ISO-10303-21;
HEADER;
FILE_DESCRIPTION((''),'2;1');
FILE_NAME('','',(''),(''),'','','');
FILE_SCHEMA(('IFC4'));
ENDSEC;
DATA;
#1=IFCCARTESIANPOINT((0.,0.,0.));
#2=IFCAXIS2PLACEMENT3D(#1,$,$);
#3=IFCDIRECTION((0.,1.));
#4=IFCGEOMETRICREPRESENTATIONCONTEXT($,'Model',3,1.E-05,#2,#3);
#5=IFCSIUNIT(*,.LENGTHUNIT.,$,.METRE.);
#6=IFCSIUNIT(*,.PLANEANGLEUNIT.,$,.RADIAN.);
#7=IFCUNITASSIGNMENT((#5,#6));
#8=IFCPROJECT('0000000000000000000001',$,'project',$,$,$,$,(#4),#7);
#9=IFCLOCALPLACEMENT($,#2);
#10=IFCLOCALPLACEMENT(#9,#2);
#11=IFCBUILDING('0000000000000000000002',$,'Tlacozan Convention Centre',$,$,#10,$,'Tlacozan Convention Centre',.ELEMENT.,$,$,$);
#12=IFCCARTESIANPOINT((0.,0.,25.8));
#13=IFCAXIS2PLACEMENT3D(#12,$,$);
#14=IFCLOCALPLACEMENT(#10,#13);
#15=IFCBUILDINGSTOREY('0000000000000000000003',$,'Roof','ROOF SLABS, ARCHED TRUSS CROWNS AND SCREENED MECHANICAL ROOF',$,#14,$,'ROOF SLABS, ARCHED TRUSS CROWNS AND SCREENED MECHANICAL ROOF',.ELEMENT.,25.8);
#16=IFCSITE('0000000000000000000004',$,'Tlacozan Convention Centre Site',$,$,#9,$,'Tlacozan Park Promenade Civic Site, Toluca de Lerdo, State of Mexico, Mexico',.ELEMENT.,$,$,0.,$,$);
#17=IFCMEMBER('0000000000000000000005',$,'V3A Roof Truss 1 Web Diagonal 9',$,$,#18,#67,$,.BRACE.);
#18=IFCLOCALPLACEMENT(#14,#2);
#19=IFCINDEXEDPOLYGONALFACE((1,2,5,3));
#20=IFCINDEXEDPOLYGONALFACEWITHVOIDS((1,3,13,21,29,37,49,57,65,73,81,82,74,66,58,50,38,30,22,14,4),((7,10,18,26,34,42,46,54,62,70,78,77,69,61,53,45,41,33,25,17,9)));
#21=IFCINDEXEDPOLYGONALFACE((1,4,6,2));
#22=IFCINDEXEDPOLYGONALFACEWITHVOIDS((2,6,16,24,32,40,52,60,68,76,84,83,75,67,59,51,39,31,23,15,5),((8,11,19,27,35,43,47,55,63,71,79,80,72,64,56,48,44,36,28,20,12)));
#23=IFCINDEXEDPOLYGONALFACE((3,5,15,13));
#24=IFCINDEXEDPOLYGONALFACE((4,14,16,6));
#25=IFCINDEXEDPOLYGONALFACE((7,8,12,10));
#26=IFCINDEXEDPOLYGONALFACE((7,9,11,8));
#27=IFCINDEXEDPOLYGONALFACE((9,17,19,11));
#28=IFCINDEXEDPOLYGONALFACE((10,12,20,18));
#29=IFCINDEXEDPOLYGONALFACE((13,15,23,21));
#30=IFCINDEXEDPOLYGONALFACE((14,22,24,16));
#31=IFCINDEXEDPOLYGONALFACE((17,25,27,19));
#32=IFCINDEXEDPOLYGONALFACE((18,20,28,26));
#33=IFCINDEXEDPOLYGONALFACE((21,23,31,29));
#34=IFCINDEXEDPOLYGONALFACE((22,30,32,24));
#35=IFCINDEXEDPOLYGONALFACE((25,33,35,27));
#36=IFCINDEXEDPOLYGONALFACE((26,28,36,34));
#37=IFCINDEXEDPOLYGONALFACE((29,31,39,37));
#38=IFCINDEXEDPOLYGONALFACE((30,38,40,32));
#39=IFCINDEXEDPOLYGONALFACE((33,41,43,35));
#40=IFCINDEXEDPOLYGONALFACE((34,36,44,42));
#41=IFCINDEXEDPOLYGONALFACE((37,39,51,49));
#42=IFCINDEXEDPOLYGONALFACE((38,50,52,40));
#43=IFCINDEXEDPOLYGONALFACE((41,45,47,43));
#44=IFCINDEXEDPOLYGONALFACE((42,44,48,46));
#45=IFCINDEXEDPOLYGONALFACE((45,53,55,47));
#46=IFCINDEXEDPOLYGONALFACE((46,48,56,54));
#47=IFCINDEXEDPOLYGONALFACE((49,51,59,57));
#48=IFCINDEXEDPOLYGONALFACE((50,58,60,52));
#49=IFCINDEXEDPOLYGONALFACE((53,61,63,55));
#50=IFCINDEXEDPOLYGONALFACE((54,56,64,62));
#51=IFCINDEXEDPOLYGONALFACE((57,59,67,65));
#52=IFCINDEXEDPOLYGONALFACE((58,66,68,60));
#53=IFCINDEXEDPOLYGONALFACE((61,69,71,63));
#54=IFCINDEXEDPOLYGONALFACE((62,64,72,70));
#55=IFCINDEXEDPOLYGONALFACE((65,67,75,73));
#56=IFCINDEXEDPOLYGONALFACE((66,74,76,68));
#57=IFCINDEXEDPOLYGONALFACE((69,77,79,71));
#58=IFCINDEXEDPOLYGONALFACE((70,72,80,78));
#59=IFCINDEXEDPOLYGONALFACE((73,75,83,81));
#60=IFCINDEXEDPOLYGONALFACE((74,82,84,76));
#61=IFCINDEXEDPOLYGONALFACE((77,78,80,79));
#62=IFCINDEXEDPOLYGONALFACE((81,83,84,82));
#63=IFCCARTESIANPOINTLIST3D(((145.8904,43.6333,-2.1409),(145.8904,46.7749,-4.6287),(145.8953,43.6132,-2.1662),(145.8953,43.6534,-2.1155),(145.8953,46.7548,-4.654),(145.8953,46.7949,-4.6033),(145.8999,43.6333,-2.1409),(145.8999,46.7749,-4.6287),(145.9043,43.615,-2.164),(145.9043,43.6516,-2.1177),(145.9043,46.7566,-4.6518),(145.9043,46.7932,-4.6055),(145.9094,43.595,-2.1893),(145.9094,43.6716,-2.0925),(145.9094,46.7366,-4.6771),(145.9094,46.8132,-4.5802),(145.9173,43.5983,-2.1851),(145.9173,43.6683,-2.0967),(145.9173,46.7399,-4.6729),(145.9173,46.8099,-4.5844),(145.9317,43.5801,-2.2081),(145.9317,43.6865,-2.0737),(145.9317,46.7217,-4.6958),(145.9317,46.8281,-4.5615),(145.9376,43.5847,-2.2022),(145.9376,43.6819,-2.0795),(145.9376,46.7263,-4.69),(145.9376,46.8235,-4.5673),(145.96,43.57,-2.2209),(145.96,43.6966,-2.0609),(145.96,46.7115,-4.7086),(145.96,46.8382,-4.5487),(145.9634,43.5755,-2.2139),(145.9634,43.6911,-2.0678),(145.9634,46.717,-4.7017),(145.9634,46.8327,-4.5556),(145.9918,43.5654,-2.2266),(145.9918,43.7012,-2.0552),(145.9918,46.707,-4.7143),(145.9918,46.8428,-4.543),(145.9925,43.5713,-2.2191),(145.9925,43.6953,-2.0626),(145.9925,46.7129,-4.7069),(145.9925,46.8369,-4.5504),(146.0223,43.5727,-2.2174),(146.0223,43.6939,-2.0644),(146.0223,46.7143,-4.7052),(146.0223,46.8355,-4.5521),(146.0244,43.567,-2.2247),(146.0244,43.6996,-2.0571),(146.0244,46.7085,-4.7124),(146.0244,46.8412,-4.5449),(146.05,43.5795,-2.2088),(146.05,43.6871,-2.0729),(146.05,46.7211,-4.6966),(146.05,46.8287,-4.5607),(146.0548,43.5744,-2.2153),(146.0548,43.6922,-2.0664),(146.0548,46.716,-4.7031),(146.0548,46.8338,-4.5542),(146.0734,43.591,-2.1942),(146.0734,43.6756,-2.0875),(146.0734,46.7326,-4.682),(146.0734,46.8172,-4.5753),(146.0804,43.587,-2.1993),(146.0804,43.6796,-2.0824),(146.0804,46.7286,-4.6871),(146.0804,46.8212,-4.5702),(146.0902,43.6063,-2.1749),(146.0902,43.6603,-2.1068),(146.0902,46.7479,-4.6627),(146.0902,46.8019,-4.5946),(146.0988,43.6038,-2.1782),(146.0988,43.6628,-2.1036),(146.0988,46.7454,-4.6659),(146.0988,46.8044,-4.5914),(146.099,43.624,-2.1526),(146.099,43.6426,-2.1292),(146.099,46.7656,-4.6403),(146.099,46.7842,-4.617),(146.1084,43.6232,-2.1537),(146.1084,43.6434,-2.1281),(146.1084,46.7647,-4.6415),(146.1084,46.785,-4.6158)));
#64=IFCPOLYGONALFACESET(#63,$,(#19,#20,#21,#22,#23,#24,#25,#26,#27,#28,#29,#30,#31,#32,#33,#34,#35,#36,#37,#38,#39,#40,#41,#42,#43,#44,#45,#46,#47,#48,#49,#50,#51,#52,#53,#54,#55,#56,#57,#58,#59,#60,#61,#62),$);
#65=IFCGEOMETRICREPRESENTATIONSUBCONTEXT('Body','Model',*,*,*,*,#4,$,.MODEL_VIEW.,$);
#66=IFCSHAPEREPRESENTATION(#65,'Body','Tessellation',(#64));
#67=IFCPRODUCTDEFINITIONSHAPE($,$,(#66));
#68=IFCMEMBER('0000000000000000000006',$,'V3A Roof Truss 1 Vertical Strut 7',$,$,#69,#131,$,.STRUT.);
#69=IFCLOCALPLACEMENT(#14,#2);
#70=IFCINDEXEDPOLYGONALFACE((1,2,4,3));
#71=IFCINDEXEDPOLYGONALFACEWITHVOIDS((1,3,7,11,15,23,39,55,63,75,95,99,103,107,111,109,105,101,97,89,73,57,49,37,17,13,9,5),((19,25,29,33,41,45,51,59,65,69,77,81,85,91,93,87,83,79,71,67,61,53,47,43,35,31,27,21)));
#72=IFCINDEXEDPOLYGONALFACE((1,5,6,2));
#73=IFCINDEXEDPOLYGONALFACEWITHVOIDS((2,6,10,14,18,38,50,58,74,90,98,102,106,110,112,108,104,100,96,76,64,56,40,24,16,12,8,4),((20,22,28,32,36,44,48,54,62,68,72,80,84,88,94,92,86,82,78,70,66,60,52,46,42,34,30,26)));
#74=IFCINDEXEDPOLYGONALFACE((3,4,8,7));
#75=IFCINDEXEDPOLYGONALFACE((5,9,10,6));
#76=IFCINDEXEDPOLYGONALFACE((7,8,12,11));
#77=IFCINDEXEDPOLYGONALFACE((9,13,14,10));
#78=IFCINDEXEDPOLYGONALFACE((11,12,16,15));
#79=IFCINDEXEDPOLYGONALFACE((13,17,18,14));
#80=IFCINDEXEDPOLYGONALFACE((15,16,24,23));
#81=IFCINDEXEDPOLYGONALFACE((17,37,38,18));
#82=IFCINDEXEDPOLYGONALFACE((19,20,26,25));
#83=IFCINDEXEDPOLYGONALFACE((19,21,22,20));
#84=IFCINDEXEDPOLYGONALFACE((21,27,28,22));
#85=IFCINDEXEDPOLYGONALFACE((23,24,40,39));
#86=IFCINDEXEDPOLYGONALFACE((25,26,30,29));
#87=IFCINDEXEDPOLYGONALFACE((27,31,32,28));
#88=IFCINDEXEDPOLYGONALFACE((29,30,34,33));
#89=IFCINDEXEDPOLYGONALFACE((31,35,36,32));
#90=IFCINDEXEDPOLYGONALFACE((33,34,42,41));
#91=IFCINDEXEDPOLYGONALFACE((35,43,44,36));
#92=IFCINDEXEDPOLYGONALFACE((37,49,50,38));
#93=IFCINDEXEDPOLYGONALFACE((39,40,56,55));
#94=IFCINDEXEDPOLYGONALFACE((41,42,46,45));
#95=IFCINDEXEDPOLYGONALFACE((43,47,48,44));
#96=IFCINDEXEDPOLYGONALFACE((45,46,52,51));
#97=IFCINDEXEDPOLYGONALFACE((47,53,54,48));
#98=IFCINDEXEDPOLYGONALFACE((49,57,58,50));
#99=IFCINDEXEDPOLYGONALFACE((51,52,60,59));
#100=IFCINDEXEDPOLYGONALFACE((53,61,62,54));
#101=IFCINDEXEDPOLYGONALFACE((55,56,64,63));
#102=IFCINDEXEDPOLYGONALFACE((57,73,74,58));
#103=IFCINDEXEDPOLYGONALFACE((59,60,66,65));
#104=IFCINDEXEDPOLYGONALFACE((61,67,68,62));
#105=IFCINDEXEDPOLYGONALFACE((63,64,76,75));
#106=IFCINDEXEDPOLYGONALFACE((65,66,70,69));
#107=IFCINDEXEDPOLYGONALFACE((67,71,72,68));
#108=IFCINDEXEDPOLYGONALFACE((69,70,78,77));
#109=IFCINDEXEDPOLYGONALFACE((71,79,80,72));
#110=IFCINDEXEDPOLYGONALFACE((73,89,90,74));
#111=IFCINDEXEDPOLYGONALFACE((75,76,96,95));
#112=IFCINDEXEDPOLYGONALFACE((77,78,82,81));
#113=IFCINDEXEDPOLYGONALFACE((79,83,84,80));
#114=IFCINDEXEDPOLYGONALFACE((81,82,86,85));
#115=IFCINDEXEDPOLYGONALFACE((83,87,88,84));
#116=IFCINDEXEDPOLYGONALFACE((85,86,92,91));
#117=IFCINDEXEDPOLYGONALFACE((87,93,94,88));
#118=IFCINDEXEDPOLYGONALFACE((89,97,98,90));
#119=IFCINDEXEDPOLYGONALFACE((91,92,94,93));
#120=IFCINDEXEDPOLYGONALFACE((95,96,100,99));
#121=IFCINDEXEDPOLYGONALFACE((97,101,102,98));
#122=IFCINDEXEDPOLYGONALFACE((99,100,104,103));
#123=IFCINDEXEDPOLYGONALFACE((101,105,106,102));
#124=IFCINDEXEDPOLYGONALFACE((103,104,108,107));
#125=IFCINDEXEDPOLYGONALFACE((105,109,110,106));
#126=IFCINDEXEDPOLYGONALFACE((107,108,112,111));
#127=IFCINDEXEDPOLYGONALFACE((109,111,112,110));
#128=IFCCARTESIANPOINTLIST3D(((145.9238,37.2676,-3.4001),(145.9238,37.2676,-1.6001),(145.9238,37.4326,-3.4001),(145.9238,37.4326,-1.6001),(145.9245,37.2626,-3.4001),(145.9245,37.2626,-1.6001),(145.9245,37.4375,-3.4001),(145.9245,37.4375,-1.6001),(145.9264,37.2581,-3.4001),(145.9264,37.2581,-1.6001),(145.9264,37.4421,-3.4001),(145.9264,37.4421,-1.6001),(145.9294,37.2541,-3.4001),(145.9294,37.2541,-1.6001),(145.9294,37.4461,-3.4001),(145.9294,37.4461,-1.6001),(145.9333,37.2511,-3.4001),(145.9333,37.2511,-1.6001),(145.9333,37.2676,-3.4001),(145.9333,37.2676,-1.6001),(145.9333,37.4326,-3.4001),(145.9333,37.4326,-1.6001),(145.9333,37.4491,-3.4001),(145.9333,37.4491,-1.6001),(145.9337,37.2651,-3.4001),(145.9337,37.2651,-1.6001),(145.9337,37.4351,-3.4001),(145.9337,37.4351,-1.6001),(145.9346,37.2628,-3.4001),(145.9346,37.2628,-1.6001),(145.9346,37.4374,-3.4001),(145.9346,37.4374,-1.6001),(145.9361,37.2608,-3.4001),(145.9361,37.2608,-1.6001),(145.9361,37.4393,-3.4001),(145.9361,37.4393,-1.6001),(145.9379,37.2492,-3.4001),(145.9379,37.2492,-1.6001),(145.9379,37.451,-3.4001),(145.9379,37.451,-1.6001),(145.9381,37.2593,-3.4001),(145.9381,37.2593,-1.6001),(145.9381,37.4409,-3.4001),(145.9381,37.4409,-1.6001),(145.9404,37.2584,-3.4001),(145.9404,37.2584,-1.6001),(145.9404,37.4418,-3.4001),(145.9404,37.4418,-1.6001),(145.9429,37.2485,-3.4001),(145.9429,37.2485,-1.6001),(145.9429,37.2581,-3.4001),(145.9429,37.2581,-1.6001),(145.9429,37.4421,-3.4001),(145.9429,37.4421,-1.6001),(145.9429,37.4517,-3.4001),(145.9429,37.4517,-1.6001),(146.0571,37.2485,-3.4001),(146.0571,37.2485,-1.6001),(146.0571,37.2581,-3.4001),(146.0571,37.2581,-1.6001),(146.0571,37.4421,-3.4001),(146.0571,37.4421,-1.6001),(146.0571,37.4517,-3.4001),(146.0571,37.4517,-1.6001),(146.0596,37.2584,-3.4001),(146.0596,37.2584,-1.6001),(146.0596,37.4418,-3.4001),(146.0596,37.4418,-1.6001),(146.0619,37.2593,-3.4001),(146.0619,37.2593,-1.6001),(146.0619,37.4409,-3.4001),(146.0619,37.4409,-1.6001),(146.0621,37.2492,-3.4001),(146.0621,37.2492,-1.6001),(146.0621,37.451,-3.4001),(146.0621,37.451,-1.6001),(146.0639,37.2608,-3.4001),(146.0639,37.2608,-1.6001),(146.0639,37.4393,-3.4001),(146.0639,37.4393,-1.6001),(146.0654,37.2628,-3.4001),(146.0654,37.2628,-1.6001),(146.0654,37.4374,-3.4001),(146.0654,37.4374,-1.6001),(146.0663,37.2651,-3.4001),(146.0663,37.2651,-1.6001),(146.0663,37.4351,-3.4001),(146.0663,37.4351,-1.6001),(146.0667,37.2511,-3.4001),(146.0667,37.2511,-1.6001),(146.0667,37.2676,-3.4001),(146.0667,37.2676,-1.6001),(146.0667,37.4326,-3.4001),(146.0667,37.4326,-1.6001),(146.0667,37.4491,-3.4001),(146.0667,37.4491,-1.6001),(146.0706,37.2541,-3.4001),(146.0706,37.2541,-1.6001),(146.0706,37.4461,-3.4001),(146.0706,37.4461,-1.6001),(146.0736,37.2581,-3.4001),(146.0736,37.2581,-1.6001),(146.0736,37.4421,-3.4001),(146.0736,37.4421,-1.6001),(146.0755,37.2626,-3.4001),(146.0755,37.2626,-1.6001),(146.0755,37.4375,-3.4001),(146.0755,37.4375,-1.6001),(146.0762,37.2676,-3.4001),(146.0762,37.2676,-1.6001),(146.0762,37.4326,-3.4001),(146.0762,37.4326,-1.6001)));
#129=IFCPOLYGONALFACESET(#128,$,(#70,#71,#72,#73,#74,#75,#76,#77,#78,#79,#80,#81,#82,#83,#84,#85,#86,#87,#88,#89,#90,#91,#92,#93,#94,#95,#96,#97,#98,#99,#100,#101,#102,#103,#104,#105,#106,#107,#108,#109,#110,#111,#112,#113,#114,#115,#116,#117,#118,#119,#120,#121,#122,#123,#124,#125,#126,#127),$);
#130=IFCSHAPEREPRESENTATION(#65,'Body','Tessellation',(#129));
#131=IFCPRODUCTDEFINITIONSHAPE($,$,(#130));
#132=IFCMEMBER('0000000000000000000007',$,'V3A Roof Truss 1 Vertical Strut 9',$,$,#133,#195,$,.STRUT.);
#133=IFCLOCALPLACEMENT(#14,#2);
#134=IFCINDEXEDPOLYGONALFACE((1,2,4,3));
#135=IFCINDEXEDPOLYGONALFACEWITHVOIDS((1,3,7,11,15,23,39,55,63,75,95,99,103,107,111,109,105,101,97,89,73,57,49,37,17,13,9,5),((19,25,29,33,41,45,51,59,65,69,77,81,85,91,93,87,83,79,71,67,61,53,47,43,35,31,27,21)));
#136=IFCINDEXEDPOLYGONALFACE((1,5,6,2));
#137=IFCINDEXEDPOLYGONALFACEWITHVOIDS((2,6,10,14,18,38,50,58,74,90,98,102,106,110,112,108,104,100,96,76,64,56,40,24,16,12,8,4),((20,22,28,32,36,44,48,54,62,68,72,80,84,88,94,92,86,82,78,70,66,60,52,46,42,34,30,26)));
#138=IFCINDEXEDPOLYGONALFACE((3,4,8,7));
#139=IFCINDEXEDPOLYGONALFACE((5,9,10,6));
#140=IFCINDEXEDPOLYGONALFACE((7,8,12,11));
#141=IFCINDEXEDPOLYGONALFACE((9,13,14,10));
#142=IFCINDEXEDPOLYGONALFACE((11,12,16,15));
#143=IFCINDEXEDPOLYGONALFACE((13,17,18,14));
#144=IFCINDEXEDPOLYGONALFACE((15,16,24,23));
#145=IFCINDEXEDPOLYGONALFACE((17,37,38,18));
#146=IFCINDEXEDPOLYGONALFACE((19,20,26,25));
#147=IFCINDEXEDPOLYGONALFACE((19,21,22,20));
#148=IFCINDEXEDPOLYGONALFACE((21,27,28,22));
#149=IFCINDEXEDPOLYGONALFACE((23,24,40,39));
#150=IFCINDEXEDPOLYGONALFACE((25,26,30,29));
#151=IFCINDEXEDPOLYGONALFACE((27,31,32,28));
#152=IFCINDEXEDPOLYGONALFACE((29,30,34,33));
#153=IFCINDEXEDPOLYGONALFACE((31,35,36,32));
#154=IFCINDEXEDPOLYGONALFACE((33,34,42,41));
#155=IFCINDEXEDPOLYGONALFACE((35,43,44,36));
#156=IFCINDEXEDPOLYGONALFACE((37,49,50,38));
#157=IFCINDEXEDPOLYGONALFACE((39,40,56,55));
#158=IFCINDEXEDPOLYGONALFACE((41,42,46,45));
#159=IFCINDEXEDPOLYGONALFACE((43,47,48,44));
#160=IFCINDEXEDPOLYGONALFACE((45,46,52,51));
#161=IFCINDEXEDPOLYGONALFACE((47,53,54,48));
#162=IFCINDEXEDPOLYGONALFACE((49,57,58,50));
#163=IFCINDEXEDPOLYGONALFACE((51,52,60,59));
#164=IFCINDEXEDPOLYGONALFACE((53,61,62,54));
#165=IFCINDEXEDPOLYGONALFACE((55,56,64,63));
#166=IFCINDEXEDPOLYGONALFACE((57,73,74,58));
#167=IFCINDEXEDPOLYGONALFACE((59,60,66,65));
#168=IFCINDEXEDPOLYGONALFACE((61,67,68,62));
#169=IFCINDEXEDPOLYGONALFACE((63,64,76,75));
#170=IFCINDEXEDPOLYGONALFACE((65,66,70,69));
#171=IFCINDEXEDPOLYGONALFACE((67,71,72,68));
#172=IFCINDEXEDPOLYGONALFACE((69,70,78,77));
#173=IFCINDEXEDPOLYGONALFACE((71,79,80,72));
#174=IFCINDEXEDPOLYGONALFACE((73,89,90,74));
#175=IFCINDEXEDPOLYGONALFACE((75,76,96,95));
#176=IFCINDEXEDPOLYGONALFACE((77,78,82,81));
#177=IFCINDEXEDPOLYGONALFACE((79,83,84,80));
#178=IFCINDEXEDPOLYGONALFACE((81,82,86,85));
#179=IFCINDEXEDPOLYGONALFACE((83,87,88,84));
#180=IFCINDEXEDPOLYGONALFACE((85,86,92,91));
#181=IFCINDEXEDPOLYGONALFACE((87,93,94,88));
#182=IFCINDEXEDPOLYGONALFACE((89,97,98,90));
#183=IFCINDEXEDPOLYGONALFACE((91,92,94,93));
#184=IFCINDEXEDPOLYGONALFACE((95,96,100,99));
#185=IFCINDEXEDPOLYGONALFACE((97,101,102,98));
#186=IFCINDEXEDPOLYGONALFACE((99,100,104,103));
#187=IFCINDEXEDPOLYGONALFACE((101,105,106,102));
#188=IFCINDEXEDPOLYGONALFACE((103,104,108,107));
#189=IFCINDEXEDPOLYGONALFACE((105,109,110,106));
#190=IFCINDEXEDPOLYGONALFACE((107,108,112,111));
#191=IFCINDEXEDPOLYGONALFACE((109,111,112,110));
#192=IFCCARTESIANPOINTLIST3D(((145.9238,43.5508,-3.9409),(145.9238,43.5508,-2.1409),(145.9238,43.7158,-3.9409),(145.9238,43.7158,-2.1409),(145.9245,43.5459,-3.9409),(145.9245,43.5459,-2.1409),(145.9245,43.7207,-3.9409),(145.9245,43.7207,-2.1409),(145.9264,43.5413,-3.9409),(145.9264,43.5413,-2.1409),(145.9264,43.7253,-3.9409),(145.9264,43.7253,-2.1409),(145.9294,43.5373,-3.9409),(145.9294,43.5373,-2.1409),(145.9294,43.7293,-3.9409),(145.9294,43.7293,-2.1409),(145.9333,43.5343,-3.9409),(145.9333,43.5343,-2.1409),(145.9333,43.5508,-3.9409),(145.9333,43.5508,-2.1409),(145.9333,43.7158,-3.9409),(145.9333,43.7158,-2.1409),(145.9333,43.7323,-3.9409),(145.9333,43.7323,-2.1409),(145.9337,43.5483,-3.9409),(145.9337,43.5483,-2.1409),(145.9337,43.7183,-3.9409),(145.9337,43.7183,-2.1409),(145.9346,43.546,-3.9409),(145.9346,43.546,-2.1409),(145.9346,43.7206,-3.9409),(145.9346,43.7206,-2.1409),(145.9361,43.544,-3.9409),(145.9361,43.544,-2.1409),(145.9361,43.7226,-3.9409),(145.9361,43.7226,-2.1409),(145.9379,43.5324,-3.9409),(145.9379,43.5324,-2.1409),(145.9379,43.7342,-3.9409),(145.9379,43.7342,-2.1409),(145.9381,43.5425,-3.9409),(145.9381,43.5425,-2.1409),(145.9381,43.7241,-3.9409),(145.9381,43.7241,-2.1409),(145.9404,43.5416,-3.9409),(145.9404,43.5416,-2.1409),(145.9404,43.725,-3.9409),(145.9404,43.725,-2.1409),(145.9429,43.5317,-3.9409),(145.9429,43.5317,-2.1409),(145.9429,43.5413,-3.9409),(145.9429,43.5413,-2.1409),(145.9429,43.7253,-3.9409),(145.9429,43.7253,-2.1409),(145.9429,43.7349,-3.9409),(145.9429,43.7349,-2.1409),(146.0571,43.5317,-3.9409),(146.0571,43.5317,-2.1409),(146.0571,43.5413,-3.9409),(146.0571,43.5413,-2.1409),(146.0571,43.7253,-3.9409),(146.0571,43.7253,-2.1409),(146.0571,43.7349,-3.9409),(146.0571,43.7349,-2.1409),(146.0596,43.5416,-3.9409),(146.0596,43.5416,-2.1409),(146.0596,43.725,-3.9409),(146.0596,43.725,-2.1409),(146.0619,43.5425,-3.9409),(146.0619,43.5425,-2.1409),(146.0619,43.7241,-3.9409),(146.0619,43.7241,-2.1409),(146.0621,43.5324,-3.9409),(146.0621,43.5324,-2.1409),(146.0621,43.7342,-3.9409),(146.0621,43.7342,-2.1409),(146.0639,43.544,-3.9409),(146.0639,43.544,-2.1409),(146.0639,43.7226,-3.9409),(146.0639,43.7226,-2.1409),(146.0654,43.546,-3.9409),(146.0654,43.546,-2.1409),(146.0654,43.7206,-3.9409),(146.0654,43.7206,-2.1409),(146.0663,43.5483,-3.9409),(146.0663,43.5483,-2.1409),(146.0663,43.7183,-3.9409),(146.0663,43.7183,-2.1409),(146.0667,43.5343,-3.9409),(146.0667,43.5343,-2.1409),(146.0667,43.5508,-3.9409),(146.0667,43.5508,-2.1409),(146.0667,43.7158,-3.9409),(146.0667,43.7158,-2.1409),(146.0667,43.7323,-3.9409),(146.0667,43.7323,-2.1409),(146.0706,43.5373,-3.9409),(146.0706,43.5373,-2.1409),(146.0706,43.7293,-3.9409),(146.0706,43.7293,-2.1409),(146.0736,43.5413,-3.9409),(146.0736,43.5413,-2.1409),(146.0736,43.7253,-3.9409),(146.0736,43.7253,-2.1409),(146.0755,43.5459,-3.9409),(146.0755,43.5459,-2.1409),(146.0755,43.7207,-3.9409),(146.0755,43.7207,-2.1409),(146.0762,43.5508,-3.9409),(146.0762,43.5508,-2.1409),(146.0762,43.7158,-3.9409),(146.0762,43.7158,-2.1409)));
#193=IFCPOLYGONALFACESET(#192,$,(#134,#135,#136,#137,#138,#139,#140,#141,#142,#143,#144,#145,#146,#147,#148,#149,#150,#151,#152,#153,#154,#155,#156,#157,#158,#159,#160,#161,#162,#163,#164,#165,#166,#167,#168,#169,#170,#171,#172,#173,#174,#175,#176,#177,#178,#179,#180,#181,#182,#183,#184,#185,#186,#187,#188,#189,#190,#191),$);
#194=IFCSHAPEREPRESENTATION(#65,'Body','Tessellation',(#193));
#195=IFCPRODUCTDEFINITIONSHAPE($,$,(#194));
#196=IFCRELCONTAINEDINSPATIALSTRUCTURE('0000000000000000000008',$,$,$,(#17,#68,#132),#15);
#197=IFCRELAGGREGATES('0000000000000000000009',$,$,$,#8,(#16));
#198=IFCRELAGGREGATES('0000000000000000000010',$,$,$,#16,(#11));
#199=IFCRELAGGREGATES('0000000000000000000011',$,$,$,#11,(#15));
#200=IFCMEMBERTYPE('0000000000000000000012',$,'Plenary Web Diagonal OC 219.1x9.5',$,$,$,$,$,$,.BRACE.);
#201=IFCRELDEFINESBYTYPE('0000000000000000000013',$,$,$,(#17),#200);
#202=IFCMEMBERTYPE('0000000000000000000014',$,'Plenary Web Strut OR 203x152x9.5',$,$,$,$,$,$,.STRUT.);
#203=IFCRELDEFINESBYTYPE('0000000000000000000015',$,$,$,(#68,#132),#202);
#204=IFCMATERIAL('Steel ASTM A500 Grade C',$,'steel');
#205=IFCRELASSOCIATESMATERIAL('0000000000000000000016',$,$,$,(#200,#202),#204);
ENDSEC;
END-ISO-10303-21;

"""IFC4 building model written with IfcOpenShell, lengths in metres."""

from ifc_helpers import new_model, si_unit, direction, frame, origin, origin_2d, place, context, subcontext, project, spatial, hollow_rectangle, hollow_circle, extrude, material, material_profile, profile_set, type_object, element, save


model = new_model("IFC4")

# Units and contexts
model_context = context("Model", 3, precision=1e-05, world=origin(), true_north=direction((0.0, 1.0)))
body_context = subcontext(model_context, "Body", "Model", "MODEL_VIEW")
ifc_project = project(units=[si_unit("LENGTHUNIT", "METRE"), si_unit("PLANEANGLEUNIT", "RADIAN")], contexts=[model_context])

# Site, building, storey
site_placement = place(None, origin())
site = spatial("IfcSite", under=ifc_project, at=site_placement, Name="Tlacozan Convention Centre Site", LongName="Tlacozan Park Promenade Civic Site, Toluca de Lerdo, State of Mexico, Mexico", CompositionType="ELEMENT", RefElevation=0.0)
building_placement = place(site_placement, origin())
building = spatial("IfcBuilding", under=site, at=building_placement, Name="Tlacozan Convention Centre", LongName="Tlacozan Convention Centre", CompositionType="ELEMENT")
storey_placement = place(building_placement, frame((0.0, 0.0, 25.8)))
storey = spatial("IfcBuildingStorey", under=building, at=storey_placement, Name="Roof", Description="ROOF SLABS, ARCHED TRUSS CROWNS AND SCREENED MECHANICAL ROOF", LongName="ROOF SLABS, ARCHED TRUSS CROWNS AND SCREENED MECHANICAL ROOF", CompositionType="ELEMENT", Elevation=25.8)

# Members
ifc_material_1 = material(Name="Steel ASTM A500 Grade C", Category="steel")
ifc_material_profile_1 = material_profile(ifc_material_1, hollow_circle(Radius=0.1096, WallThickness=0.0095, at=origin_2d()), Name="OC 219.1x9.5")
ifc_profile_set_1 = profile_set([ifc_material_profile_1], Name="Steel ASTM A500 Grade C")
member_type_1 = type_object("IfcMemberType", Name="Plenary Web Diagonal OC 219.1x9.5", PredefinedType="BRACE", material=ifc_profile_set_1)
member_1_placement = place(storey_placement, frame((146.0, 43.6333, -2.1409), z_axis=(0.0, 0.783962, -0.620809), x_axis=(-1.0, 0.0, 0.0)))
element("IfcMember", 1, at=member_1_placement, inside=storey, type_object=member_type_1, Name="V3A Roof Truss 1 Web Diagonal 9", PredefinedType="BRACE", context=body_context, shape_type="SweptSolid", body=[
    extrude(hollow_circle(Radius=0.1096, WallThickness=0.0095, at=origin_2d()), origin(), (0.0, 0.0, 1.0), 4.0073),
])
ifc_material_profile_2 = material_profile(ifc_material_1, hollow_rectangle(XDim=0.1523, YDim=0.2031, WallThickness=0.0095, InnerFilletRadius=0.0095, OuterFilletRadius=0.019, at=origin_2d()), Name="OR 203x152x9.5")
ifc_profile_set_2 = profile_set([ifc_material_profile_2], Name="Steel ASTM A500 Grade C")
member_type_2 = type_object("IfcMemberType", Name="Plenary Web Strut OR 203x152x9.5", PredefinedType="STRUT", material=ifc_profile_set_2)
for number, where, z_axis, x_axis, name in (
    (2, (146.0, 37.3501, -3.4001), (0.0, 0.0, 1.0), (1.0, 0.0, 0.0), "V3A Roof Truss 1 Vertical Strut 7"),
    (3, (146.0, 43.6333, -3.9409), (0.0, 0.0, 1.0), (1.0, 0.0, 0.0), "V3A Roof Truss 1 Vertical Strut 9"),
):
    element("IfcMember", number, at=place(storey_placement, frame(where, z_axis=z_axis, x_axis=x_axis)), inside=storey, type_object=member_type_2, Name=name, PredefinedType="STRUT", context=body_context, shape_type="SweptSolid", body=[
        extrude(hollow_rectangle(XDim=0.1523, YDim=0.2031, WallThickness=0.0095, InnerFilletRadius=0.0095, OuterFilletRadius=0.019, at=origin_2d()), origin(), (0.0, 0.0, 1.0), 1.8),
    ])

save(model, "model.ifc")
